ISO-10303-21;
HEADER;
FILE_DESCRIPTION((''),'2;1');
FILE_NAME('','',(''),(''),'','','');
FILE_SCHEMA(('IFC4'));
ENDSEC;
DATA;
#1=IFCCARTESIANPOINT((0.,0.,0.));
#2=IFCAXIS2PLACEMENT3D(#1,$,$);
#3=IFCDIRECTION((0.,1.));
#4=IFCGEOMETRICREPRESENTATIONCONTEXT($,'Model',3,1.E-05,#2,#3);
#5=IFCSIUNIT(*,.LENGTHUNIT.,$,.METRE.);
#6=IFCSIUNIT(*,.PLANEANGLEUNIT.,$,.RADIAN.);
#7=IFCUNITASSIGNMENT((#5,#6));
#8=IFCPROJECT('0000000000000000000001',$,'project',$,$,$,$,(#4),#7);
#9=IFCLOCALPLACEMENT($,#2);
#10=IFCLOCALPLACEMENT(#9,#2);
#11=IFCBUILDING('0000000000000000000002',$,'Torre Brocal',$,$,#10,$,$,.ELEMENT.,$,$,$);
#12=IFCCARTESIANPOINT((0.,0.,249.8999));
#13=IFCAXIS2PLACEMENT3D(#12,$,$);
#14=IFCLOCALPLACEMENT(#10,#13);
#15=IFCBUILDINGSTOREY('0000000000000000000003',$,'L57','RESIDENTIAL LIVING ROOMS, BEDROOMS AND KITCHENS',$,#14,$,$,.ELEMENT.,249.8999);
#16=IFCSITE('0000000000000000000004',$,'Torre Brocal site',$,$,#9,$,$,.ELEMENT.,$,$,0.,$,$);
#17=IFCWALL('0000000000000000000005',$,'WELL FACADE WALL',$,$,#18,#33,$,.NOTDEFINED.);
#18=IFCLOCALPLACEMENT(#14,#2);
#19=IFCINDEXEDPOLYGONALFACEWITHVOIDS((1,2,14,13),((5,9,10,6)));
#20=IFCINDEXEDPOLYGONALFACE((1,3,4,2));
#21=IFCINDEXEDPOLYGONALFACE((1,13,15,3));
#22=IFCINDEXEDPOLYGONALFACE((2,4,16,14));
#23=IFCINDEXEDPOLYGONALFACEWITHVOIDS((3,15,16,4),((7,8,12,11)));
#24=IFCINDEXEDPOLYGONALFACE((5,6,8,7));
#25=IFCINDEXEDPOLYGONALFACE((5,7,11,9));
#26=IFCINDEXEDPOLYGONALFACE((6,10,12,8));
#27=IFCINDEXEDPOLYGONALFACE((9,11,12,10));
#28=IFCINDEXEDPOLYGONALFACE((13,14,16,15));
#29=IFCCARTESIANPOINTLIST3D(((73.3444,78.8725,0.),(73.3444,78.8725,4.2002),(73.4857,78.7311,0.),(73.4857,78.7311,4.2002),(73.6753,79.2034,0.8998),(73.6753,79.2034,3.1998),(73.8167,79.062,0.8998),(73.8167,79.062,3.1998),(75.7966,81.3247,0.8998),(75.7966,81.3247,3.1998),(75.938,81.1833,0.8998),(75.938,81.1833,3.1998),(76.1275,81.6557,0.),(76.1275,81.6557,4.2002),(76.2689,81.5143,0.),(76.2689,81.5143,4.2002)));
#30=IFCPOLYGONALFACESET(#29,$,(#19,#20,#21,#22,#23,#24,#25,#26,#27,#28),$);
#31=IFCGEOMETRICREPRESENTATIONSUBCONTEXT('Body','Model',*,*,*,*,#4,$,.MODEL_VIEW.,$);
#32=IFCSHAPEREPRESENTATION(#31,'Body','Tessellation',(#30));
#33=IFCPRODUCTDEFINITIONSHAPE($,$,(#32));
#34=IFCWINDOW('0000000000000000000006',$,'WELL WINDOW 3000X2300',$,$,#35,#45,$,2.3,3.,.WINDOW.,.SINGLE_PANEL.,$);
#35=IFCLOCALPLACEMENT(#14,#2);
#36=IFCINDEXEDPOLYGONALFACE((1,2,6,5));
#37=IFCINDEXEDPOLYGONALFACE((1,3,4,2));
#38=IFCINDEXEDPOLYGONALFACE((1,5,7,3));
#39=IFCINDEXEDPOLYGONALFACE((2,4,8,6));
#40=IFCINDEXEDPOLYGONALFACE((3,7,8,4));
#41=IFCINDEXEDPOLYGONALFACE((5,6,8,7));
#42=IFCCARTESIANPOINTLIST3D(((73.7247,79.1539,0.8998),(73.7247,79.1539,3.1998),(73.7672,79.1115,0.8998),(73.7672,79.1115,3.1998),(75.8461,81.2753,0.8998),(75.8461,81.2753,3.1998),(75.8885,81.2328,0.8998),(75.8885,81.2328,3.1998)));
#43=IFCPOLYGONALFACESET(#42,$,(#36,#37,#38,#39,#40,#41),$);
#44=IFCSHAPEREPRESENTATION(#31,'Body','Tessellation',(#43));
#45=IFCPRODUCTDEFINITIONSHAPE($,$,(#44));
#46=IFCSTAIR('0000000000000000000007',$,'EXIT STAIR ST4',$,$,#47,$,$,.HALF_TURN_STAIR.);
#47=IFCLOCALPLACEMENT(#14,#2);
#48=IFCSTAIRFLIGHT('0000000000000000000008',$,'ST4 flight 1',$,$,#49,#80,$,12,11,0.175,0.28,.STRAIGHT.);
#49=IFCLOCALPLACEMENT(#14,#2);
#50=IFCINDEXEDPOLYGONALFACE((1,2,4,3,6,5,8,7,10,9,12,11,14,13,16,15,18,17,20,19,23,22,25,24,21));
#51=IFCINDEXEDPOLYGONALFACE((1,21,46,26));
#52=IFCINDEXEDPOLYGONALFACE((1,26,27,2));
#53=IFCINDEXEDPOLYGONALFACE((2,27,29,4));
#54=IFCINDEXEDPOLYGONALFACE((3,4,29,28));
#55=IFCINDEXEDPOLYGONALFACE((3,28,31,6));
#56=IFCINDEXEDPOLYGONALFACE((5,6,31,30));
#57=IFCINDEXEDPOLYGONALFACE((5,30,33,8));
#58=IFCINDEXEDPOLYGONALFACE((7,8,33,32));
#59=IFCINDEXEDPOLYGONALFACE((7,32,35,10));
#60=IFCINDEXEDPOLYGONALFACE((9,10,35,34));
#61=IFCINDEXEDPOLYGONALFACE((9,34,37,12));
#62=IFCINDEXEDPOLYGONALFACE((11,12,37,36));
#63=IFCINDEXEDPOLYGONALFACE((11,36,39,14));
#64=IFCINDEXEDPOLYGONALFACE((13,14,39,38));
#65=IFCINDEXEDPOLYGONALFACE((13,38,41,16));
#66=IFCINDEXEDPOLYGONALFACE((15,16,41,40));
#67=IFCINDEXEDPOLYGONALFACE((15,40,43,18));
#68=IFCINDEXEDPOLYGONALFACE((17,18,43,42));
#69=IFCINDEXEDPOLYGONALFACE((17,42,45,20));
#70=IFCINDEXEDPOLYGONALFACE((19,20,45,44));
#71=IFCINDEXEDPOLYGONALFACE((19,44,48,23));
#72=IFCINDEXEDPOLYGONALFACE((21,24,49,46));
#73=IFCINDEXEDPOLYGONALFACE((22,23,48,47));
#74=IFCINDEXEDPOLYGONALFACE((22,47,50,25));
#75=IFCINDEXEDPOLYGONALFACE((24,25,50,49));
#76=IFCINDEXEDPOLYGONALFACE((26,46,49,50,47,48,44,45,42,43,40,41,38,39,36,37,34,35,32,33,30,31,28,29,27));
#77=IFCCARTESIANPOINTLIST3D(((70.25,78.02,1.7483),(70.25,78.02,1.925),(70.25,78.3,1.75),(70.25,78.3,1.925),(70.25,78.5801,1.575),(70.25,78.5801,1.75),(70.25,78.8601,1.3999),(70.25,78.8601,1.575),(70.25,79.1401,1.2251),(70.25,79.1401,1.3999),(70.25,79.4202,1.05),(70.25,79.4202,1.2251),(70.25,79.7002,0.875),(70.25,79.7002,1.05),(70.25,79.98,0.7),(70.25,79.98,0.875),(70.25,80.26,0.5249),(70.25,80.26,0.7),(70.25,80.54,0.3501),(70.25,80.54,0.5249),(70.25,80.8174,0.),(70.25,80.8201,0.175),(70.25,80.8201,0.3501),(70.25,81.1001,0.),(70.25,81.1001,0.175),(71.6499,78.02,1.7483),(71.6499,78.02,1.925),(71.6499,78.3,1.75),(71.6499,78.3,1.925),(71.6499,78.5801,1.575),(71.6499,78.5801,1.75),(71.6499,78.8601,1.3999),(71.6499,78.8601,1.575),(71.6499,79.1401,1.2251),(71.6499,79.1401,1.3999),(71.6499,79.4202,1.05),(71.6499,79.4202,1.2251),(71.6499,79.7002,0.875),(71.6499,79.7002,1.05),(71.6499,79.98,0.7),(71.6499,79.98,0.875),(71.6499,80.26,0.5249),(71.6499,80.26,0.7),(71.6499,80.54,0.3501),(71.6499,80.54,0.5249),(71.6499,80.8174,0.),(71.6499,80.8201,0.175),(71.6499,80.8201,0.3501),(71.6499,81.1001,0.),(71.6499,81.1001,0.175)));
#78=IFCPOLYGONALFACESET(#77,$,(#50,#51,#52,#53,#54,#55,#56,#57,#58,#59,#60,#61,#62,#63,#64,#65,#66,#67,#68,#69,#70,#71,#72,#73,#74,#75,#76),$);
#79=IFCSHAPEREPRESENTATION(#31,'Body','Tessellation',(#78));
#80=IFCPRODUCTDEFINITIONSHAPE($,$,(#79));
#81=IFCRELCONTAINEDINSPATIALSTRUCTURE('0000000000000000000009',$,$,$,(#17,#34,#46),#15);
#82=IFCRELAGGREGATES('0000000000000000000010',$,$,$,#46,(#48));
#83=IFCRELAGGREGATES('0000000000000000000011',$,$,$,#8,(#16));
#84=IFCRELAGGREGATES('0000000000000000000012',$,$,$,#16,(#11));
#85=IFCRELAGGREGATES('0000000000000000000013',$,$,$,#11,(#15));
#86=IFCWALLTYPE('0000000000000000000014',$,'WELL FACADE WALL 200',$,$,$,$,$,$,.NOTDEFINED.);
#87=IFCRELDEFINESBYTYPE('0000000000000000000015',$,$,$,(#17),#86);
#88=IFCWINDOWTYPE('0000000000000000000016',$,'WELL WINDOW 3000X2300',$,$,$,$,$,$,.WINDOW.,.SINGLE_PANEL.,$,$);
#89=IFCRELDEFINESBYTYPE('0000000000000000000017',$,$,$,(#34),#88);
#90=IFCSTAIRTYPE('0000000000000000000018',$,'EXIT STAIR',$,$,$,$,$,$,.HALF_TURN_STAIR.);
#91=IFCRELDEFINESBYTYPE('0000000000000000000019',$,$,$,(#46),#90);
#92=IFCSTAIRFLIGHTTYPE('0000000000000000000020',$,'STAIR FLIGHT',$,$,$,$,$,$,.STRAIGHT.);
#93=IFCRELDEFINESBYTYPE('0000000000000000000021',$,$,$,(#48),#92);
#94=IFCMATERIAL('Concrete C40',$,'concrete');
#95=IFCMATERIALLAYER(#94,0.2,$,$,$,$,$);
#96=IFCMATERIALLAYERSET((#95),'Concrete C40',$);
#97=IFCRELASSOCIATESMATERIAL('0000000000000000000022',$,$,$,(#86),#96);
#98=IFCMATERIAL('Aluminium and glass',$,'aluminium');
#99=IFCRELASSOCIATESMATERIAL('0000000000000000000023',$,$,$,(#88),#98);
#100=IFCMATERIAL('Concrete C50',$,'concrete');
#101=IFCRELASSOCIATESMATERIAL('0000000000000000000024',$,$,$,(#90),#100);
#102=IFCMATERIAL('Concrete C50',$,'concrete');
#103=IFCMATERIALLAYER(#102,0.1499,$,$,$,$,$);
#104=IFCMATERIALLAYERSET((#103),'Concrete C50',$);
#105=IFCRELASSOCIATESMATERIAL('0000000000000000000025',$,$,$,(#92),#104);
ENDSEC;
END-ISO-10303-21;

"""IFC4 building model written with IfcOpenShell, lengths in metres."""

from ifc_helpers import new_model, si_unit, direction, frame, frame_2d, origin, place, context, subcontext, project, spatial, polyline, rectangle, outline, extrude, material, layer, layer_set, type_object, element, fill, aggregate, save


model = new_model("IFC4")

# Units and contexts
model_context = context("Model", 3, precision=1e-05, world=origin(), true_north=direction((0.0, 1.0)))
body_context = subcontext(model_context, "Body", "Model", "MODEL_VIEW")
ifc_project = project(units=[si_unit("LENGTHUNIT", "METRE"), si_unit("PLANEANGLEUNIT", "RADIAN")], contexts=[model_context])

# Site, building, storey
site_placement = place(None, origin())
site = spatial("IfcSite", under=ifc_project, at=site_placement, Name="Torre Brocal site", CompositionType="ELEMENT", RefElevation=0.0)
building_placement = place(site_placement, origin())
building = spatial("IfcBuilding", under=site, at=building_placement, Name="Torre Brocal", CompositionType="ELEMENT")
storey_placement = place(building_placement, frame((0.0, 0.0, 249.8999)))
storey = spatial("IfcBuildingStorey", under=building, at=storey_placement, Name="L57", Description="RESIDENTIAL LIVING ROOMS, BEDROOMS AND KITCHENS", CompositionType="ELEMENT", Elevation=249.8999)

# Wall, opening, window
ifc_material_1 = material(Name="Concrete C40", Category="concrete")
ifc_layer_1 = layer(ifc_material_1, 0.2)
ifc_layer_set_1 = layer_set([ifc_layer_1], Name="Concrete C40")
wall_type_1 = type_object("IfcWallType", Name="WELL FACADE WALL 200", PredefinedType="NOTDEFINED", material=ifc_layer_set_1)
wall_1_placement = place(storey_placement, frame((76.1982, 81.585, 0.0), z_axis=(0.0, 0.0, 1.0), x_axis=(-0.707107, -0.707107, 0.0)))
wall_1 = element("IfcWall", 1, at=wall_1_placement, inside=storey, type_object=wall_type_1, Name="WELL FACADE WALL", PredefinedType="NOTDEFINED", context=body_context, shape_type="SweptSolid", body=[
    extrude(rectangle(XDim=3.936, YDim=0.2, at=frame_2d((1.968, 0.0))), origin(), (0.0, 0.0, 1.0), 4.2002),
])
opening_1_placement = place(wall_1_placement, frame((0.468, 0.0, 0.8999)))
opening_1 = element("IfcOpeningElement", 2, at=opening_1_placement, cuts=wall_1, PredefinedType="OPENING", context=body_context, shape_type="SweptSolid", body=[
    extrude(rectangle(XDim=3.0, YDim=2.3, at=frame_2d((1.5, 1.1499))), frame((0.0, 0.1099, 0.0), z_axis=(0.0, -1.0, 0.0), x_axis=(1.0, 0.0, 0.0)), (0.0, 0.0, 1.0), 0.22),
])
ifc_material_2 = material(Name="Aluminium and glass", Category="aluminium")
window_type = type_object("IfcWindowType", Name="WELL WINDOW 3000X2300", PartitioningType="SINGLE_PANEL", PredefinedType="WINDOW", material=ifc_material_2)
window_placement = place(opening_1_placement, origin())
window = element("IfcWindow", 3, at=window_placement, inside=storey, type_object=window_type, Name="WELL WINDOW 3000X2300", OverallHeight=2.3, OverallWidth=3.0, PartitioningType="SINGLE_PANEL", PredefinedType="WINDOW", context=body_context, shape_type="SweptSolid", body=[
    extrude(rectangle(XDim=3.0, YDim=2.3, at=frame_2d((1.5, 1.1499))), frame((0.0, 0.03, 0.0), z_axis=(0.0, -1.0, 0.0), x_axis=(1.0, 0.0, 0.0)), (0.0, 0.0, 1.0), 0.0601),
])
fill(opening_1, window)

# Stair, stair flight
ifc_material_3 = material(Name="Concrete C50", Category="concrete")
stair_type = type_object("IfcStairType", Name="EXIT STAIR", PredefinedType="HALF_TURN_STAIR", material=ifc_material_3)
stair_placement = place(storey_placement, origin())
stair = element("IfcStair", 4, at=stair_placement, inside=storey, type_object=stair_type, Name="EXIT STAIR ST4", PredefinedType="HALF_TURN_STAIR")
ifc_material_4 = material(Name="Concrete C50", Category="concrete")
ifc_layer_2 = layer(ifc_material_4, 0.1499)
ifc_layer_set_2 = layer_set([ifc_layer_2], Name="Concrete C50")
stair_flight_type = type_object("IfcStairFlightType", Name="STAIR FLIGHT", PredefinedType="STRAIGHT", material=ifc_layer_set_2)
stair_flight_placement = place(storey_placement, frame((70.95, 81.1001, 0.0), z_axis=(0.0, 0.0, 1.0), x_axis=(0.0, -1.0, 0.0)))
stair_flight = element("IfcStairFlight", 5, at=stair_flight_placement, type_object=stair_flight_type, Name="ST4 flight 1", NumberOfRisers=12, NumberOfTreads=11, PredefinedType="STRAIGHT", RiserHeight=0.175, TreadLength=0.28, context=body_context, shape_type="SweptSolid", body=[
    extrude(outline(polyline([(0.0, 0.0), (0.0, 0.175), (0.28, 0.175), (0.28, 0.3501), (0.5601, 0.3501), (0.5601, 0.5249), (0.8401, 0.5249), (0.8401, 0.7), (1.1201, 0.7), (1.1201, 0.875), (1.3999, 0.875), (1.3999, 1.05), (1.6799, 1.05), (1.6799, 1.2251), (1.96, 1.2251), (1.96, 1.3999), (2.24, 1.3999), (2.24, 1.575), (2.52, 1.575), (2.52, 1.75), (2.8, 1.75), (2.8, 1.925), (3.0801, 1.925), (3.0801, 2.1001), (3.0801, 1.7483), (0.2827, 0.0), (0.0, 0.0)])), frame((0.0, 0.7, 0.0), z_axis=(0.0, -1.0, 0.0), x_axis=(1.0, 0.0, 0.0)), (0.0, 0.0, 1.0), 1.3999),
])
aggregate(stair, [stair_flight])

save(model, "model.ifc")
